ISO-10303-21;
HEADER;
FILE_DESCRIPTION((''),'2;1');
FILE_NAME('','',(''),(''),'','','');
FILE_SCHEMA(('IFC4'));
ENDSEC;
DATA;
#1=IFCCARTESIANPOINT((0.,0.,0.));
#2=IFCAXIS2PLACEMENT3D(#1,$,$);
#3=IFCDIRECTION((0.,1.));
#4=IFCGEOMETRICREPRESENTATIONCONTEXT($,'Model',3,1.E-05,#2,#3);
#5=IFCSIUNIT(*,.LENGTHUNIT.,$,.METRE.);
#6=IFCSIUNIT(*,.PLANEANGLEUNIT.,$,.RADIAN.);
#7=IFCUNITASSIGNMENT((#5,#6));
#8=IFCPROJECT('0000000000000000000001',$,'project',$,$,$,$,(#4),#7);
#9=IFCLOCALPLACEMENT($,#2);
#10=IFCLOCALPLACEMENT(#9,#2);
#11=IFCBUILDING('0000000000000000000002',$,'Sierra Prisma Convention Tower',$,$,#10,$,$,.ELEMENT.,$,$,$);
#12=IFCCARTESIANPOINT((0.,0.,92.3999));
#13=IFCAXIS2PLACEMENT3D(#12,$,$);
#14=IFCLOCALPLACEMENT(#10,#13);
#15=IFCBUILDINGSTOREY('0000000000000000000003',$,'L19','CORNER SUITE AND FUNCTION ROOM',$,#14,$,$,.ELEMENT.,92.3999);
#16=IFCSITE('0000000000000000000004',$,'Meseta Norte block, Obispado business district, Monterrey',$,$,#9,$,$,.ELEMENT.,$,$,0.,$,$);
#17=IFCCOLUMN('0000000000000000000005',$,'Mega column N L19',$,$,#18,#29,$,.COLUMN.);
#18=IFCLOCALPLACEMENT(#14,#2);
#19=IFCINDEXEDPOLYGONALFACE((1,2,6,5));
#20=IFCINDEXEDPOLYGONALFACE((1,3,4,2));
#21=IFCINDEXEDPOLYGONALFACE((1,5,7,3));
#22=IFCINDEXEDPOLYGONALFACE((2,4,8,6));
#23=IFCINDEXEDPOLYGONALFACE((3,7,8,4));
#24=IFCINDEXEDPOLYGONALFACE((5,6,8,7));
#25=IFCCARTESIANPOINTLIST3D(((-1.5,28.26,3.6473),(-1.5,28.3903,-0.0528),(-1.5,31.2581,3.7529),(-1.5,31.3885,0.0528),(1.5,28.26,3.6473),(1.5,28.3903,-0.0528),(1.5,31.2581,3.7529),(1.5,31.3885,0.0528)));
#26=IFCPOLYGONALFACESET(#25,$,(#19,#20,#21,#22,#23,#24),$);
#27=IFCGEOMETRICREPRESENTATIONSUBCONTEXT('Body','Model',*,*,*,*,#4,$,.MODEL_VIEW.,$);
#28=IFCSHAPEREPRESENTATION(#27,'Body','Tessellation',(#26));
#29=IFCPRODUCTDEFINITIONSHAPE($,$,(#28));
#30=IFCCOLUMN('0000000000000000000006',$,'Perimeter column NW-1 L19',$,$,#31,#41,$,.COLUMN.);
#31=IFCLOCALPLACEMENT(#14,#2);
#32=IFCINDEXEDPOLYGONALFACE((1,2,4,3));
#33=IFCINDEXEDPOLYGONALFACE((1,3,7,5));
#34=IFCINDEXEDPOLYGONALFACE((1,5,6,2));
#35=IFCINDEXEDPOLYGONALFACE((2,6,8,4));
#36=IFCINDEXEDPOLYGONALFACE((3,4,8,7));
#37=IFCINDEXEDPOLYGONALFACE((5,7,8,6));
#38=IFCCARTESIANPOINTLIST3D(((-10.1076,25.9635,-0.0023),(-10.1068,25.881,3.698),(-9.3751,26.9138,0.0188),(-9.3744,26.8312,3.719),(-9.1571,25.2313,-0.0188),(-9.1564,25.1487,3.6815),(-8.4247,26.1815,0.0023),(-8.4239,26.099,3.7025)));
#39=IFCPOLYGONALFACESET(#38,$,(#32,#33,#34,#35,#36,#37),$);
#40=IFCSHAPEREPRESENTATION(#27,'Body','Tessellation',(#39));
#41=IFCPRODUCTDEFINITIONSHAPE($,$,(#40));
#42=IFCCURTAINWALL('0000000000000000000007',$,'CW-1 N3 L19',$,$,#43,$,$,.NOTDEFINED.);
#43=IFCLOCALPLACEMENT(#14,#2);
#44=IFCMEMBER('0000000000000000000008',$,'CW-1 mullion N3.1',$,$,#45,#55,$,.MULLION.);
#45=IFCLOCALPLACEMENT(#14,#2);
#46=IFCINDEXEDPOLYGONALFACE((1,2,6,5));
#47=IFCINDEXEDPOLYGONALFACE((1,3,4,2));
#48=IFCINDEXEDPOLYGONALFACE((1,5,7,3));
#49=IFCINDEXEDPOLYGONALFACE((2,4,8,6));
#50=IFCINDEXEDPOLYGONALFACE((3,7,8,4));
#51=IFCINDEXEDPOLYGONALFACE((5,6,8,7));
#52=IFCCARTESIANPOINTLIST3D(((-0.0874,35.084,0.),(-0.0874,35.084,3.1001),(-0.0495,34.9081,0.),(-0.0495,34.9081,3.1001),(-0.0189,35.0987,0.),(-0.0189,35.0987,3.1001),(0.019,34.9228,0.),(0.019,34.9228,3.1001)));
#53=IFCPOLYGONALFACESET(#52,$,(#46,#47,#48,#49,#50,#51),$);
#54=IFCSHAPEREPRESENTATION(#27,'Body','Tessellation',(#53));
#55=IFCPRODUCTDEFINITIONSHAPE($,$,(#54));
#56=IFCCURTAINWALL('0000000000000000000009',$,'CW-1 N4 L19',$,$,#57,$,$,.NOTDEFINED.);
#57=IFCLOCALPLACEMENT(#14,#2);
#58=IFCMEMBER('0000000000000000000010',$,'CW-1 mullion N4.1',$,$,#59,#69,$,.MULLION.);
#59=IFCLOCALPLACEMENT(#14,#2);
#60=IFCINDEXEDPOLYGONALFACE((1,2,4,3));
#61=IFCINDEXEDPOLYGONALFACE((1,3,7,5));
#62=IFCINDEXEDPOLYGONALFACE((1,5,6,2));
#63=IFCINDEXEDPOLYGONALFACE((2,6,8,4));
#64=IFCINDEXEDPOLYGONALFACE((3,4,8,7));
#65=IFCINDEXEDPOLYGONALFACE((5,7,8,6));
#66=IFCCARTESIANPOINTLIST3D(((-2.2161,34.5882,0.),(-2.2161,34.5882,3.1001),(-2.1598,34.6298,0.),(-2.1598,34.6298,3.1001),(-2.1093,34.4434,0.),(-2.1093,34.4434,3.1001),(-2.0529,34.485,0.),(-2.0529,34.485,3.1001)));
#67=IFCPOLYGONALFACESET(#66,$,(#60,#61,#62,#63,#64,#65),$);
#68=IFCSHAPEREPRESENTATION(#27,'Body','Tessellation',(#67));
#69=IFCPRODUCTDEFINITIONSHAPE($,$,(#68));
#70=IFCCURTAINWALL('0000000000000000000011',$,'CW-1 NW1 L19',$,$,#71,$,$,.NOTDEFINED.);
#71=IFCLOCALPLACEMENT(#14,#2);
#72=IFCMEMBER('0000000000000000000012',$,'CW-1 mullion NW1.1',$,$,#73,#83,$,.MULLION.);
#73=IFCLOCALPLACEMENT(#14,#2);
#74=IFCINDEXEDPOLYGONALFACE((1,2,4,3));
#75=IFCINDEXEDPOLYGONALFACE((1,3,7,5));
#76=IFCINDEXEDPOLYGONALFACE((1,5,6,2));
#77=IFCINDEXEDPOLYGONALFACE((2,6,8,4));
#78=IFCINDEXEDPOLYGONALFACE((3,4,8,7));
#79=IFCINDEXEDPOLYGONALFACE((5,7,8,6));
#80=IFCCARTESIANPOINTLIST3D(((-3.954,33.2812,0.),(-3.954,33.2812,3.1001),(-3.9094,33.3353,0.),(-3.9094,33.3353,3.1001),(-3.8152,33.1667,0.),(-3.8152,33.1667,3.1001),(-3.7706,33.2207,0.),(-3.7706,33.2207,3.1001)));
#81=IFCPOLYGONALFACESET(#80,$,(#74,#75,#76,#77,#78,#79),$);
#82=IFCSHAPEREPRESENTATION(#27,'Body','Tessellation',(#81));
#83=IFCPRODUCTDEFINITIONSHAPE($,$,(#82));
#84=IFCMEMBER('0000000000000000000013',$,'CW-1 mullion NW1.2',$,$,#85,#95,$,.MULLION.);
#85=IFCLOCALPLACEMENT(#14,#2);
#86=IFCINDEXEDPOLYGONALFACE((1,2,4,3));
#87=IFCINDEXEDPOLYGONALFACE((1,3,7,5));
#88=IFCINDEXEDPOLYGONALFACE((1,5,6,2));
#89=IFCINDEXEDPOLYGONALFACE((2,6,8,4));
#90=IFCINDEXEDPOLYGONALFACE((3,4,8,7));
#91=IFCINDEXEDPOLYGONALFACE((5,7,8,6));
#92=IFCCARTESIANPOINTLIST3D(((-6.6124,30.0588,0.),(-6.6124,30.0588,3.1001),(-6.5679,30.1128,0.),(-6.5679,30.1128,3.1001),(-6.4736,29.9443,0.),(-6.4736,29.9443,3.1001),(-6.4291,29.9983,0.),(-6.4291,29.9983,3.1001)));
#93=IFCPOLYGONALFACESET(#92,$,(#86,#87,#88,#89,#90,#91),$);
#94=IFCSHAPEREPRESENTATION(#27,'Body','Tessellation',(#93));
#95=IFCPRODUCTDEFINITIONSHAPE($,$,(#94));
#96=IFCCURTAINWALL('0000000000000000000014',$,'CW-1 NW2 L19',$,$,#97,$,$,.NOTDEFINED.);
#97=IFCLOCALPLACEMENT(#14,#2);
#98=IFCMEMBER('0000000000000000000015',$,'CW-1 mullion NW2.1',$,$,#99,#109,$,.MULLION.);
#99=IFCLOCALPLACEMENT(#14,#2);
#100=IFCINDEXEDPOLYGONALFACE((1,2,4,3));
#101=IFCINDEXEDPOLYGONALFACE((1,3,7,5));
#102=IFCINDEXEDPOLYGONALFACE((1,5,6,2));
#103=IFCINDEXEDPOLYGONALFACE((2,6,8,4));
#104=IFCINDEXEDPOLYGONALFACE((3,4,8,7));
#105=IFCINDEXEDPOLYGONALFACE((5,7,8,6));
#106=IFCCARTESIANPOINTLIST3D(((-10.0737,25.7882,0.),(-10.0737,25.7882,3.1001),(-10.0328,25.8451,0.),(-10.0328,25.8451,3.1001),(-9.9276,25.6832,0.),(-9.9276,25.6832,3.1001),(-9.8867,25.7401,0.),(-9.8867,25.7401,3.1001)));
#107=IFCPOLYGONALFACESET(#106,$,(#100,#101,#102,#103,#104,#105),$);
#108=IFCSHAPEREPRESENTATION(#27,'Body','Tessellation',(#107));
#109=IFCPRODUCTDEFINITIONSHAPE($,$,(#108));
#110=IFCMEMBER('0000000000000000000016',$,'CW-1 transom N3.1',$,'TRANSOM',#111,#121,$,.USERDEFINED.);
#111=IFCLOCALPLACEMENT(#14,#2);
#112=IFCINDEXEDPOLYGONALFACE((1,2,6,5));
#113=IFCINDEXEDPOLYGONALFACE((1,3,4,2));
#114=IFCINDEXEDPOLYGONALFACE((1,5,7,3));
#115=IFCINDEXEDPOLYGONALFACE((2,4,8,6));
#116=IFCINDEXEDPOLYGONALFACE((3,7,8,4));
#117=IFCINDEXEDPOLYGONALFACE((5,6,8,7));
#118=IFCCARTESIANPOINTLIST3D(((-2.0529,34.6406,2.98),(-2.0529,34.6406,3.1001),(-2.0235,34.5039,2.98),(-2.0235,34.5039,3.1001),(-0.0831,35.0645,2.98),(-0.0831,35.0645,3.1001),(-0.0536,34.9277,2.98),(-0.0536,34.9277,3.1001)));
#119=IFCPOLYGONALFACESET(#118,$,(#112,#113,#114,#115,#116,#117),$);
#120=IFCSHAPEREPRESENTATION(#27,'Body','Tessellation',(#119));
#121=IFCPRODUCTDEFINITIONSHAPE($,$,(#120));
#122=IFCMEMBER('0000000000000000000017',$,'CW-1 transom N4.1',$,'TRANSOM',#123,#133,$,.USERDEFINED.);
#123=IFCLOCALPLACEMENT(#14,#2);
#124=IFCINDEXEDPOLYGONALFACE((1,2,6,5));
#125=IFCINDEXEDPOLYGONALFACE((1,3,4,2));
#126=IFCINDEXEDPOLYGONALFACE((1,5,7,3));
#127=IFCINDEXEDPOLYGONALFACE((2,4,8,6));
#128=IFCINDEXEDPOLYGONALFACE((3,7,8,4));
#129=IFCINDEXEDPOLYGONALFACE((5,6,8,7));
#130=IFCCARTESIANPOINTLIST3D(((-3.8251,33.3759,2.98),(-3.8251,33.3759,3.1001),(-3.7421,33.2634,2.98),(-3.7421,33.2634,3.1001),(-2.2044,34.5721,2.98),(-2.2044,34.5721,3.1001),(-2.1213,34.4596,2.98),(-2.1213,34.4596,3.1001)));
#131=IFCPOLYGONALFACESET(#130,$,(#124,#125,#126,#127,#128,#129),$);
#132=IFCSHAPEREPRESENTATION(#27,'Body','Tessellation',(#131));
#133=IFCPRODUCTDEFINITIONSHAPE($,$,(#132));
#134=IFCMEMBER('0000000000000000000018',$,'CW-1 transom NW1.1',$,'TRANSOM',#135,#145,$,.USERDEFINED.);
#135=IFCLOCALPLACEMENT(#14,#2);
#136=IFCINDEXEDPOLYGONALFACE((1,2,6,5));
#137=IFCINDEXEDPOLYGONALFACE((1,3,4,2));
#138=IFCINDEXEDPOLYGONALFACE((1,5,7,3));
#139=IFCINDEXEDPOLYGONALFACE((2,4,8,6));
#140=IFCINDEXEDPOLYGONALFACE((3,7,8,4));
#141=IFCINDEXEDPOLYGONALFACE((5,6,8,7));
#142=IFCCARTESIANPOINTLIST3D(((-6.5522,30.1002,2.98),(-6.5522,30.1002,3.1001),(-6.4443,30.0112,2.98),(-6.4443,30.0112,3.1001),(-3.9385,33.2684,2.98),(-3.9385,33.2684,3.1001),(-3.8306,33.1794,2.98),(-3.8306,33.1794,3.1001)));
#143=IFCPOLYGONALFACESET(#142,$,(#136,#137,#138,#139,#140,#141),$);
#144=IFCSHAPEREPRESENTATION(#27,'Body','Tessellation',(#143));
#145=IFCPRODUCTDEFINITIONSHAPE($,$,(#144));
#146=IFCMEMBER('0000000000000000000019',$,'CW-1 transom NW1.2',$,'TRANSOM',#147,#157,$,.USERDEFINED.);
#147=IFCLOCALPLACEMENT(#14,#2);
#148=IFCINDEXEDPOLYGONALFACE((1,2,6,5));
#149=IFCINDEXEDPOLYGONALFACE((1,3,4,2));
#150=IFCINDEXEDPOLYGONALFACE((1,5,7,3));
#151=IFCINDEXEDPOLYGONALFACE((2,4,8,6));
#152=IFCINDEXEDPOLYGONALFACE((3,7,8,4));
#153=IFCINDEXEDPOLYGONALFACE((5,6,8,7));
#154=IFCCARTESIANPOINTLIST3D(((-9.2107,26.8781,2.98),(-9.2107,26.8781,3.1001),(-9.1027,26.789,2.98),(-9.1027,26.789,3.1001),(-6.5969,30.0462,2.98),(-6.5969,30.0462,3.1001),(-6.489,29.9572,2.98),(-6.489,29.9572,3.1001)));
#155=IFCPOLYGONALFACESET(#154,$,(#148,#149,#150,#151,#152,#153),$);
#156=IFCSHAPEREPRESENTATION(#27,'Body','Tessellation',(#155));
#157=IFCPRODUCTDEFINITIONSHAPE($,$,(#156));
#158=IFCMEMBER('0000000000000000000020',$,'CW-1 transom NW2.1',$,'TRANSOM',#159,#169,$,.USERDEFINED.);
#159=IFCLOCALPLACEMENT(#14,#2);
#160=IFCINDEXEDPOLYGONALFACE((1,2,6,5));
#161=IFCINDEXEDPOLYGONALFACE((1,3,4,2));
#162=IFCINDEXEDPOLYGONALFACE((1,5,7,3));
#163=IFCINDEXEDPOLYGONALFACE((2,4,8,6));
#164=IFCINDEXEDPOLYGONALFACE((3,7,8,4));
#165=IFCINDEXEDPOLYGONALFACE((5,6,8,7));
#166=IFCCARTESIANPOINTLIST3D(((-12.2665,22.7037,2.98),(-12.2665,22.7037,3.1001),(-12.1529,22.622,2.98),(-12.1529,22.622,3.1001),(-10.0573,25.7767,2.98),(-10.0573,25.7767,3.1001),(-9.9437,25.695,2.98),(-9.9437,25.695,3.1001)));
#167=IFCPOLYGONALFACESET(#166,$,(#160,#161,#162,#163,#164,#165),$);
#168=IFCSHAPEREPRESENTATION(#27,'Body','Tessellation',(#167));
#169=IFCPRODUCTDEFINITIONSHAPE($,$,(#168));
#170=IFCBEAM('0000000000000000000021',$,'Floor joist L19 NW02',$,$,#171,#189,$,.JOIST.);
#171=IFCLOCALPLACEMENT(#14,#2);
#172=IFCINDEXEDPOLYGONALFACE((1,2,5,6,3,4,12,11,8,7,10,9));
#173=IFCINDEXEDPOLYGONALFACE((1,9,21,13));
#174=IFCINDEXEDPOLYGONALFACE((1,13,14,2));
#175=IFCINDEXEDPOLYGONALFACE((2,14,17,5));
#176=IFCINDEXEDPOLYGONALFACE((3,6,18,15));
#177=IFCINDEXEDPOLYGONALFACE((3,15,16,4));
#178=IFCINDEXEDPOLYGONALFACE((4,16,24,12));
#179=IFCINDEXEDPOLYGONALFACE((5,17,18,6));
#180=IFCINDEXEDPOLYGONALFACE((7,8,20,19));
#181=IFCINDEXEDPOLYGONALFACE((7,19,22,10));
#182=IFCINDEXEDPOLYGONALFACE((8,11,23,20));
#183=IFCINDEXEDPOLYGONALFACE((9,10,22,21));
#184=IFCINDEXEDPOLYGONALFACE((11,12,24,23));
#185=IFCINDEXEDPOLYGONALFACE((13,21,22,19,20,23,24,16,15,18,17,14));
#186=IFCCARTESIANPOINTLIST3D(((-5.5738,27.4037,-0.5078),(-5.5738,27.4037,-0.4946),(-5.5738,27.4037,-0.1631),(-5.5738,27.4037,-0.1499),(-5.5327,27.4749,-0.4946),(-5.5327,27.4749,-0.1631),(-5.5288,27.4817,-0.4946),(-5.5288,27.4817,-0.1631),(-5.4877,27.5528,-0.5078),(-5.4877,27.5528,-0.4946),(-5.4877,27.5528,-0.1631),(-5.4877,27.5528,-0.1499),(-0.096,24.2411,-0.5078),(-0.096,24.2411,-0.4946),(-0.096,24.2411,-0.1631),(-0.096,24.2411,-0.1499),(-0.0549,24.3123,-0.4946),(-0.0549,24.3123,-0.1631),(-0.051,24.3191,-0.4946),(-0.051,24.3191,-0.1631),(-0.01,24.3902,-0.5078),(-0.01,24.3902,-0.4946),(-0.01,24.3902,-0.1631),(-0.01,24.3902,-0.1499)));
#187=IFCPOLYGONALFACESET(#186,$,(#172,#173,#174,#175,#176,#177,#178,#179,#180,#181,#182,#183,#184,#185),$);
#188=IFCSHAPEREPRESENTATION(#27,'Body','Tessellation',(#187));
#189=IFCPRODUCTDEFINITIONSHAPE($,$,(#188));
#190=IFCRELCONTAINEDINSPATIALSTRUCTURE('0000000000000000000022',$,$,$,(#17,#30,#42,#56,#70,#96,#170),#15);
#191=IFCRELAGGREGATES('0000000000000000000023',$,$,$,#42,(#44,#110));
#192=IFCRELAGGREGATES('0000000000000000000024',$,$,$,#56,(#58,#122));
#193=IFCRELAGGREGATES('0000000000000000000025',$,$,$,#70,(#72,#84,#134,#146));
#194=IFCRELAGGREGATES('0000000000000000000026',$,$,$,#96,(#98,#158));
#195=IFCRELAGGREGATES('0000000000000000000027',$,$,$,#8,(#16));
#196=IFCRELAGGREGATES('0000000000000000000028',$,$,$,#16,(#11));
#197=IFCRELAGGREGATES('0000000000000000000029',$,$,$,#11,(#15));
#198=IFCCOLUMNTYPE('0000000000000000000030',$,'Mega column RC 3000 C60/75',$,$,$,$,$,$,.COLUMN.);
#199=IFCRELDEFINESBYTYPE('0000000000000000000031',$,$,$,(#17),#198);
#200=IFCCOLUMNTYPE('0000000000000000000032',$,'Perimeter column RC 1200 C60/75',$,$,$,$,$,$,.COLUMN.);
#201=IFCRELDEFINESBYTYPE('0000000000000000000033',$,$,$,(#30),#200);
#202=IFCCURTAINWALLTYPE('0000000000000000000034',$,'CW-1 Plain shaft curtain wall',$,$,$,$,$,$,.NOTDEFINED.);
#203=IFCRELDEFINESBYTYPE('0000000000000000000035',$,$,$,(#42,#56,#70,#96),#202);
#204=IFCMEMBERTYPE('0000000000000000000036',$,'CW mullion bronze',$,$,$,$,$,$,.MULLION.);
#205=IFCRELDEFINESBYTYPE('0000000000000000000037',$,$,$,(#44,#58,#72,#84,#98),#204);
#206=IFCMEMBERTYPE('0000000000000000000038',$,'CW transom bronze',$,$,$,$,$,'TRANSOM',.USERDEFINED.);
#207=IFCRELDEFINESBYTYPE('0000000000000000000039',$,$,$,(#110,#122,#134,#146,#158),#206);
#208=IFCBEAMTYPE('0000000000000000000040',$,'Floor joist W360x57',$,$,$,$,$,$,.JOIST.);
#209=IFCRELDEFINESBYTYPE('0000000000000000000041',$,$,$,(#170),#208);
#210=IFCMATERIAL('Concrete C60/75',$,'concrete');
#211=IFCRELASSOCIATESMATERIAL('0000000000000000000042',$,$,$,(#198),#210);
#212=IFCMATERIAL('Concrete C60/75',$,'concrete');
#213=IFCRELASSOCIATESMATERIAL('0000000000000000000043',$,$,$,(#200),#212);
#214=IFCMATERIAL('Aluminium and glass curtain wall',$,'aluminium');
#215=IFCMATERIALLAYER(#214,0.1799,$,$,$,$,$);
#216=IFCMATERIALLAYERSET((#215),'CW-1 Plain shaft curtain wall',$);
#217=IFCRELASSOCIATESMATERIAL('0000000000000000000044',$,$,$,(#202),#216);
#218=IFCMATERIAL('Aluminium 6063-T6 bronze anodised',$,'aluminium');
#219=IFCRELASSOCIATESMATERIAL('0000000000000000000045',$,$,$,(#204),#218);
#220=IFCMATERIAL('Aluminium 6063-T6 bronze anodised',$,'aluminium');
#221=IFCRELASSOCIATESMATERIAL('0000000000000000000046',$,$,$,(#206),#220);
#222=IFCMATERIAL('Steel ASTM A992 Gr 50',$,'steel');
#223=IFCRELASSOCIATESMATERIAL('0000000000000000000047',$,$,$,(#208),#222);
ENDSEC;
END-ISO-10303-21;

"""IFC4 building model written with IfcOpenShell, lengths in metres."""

from ifc_helpers import new_model, si_unit, direction, frame, origin, origin_2d, place, context, subcontext, project, spatial, rectangle, i_section, extrude, material, layer, layer_set, material_profile, profile_set, type_object, element, aggregate, save


model = new_model("IFC4")

# Units and contexts
model_context = context("Model", 3, precision=1e-05, world=origin(), true_north=direction((0.0, 1.0)))
body_context = subcontext(model_context, "Body", "Model", "MODEL_VIEW")
ifc_project = project(units=[si_unit("LENGTHUNIT", "METRE"), si_unit("PLANEANGLEUNIT", "RADIAN")], contexts=[model_context])

# Site, building, storey
site_placement = place(None, origin())
site = spatial("IfcSite", under=ifc_project, at=site_placement, Name="Meseta Norte block, Obispado business district, Monterrey", CompositionType="ELEMENT", RefElevation=0.0)
building_placement = place(site_placement, origin())
building = spatial("IfcBuilding", under=site, at=building_placement, Name="Sierra Prisma Convention Tower", CompositionType="ELEMENT")
storey_placement = place(building_placement, frame((0.0, 0.0, 92.3999)))
storey = spatial("IfcBuildingStorey", under=building, at=storey_placement, Name="L19", Description="CORNER SUITE AND FUNCTION ROOM", CompositionType="ELEMENT", Elevation=92.3999)

# Columns
ifc_material_1 = material(Name="Concrete C60/75", Category="concrete")
ifc_material_profile_1 = material_profile(ifc_material_1, rectangle(XDim=3.0, YDim=3.0, at=origin_2d()), Name="Mega column RC 3000 C60/75")
ifc_profile_set_1 = profile_set([ifc_material_profile_1], Name="Concrete C60/75")
column_type_1 = type_object("IfcColumnType", Name="Mega column RC 3000 C60/75", PredefinedType="COLUMN", material=ifc_profile_set_1)
column_1_placement = place(storey_placement, frame((0.0, 29.8894, 0.0), z_axis=(0.0, -0.035212, 0.99938), x_axis=(1.0, 0.0, 0.0)))
element("IfcColumn", 1, at=column_1_placement, inside=storey, type_object=column_type_1, Name="Mega column N L19", PredefinedType="COLUMN", context=body_context, shape_type="SweptSolid", body=[
    extrude(rectangle(XDim=3.0, YDim=3.0, at=origin_2d()), origin(), (0.0, 0.0, 1.0), 3.7024),
])
ifc_material_2 = material(Name="Concrete C60/75", Category="concrete")
ifc_material_profile_2 = material_profile(ifc_material_2, rectangle(XDim=1.2, YDim=1.2, at=origin_2d()), Name="Perimeter column RC 1200 C60/75")
ifc_profile_set_2 = profile_set([ifc_material_profile_2], Name="Concrete C60/75")
column_type_2 = type_object("IfcColumnType", Name="Perimeter column RC 1200 C60/75", PredefinedType="COLUMN", material=ifc_profile_set_2)
column_2_placement = place(storey_placement, frame((-9.2661, 26.0725, 0.0), z_axis=(0.000198, -0.022296, 0.999751), x_axis=(0.610386, 0.79191, 0.01754)))
element("IfcColumn", 2, at=column_2_placement, inside=storey, type_object=column_type_2, Name="Perimeter column NW-1 L19", PredefinedType="COLUMN", context=body_context, shape_type="SweptSolid", body=[
    extrude(rectangle(XDim=1.2, YDim=1.2, at=origin_2d()), origin(), (0.0, 0.0, 1.0), 3.7012),
])

# Curtain walls, members
ifc_material_3 = material(Name="Aluminium and glass curtain wall", Category="aluminium")
ifc_layer_1 = layer(ifc_material_3, 0.1799)
ifc_layer_set_1 = layer_set([ifc_layer_1], Name="CW-1 Plain shaft curtain wall")
curtain_wall_type = type_object("IfcCurtainWallType", Name="CW-1 Plain shaft curtain wall", PredefinedType="NOTDEFINED", material=ifc_layer_set_1)
curtain_wall_1_placement = place(storey_placement, origin())
curtain_wall_1 = element("IfcCurtainWall", 3, at=curtain_wall_1_placement, inside=storey, type_object=curtain_wall_type, Name="CW-1 N3 L19", PredefinedType="NOTDEFINED")
ifc_material_4 = material(Name="Aluminium 6063-T6 bronze anodised", Category="aluminium")
ifc_material_profile_3 = material_profile(ifc_material_4, rectangle(XDim=0.1799, YDim=0.0701, at=origin_2d()), Name="ALU MULLION 70x180")
ifc_profile_set_3 = profile_set([ifc_material_profile_3], Name="Aluminium 6063-T6 bronze anodised")
member_type_1 = type_object("IfcMemberType", Name="CW mullion bronze", PredefinedType="MULLION", material=ifc_profile_set_3)
member_1_placement = place(storey_placement, frame((-0.0342, 35.0034, 0.0), z_axis=(0.0, 0.0, 1.0), x_axis=(0.21036, -0.977624, 0.0)))
member_1 = element("IfcMember", 4, at=member_1_placement, type_object=member_type_1, Name="CW-1 mullion N3.1", PredefinedType="MULLION", context=body_context, shape_type="SweptSolid", body=[
    extrude(rectangle(XDim=0.1799, YDim=0.0701, at=origin_2d()), origin(), (0.0, 0.0, 1.0), 3.1001),
])
curtain_wall_2_placement = place(storey_placement, origin())
curtain_wall_2 = element("IfcCurtainWall", 5, at=curtain_wall_2_placement, inside=storey, type_object=curtain_wall_type, Name="CW-1 N4 L19", PredefinedType="NOTDEFINED")
member_2_placement = place(storey_placement, frame((-2.1345, 34.5366, 0.0), z_axis=(0.0, 0.0, 1.0), x_axis=(0.593846, -0.804579, 0.0)))
member_2 = element("IfcMember", 6, at=member_2_placement, type_object=member_type_1, Name="CW-1 mullion N4.1", PredefinedType="MULLION", context=body_context, shape_type="SweptSolid", body=[
    extrude(rectangle(XDim=0.1799, YDim=0.0701, at=origin_2d()), origin(), (0.0, 0.0, 1.0), 3.1001),
])

# Curtain wall, members
curtain_wall_3_placement = place(storey_placement, origin())
curtain_wall_3 = element("IfcCurtainWall", 7, at=curtain_wall_3_placement, inside=storey, type_object=curtain_wall_type, Name="CW-1 NW1 L19", PredefinedType="NOTDEFINED")
member_3_placement = place(storey_placement, frame((-3.8623, 33.251, 0.0), z_axis=(0.0, 0.0, 1.0), x_axis=(0.771383, -0.636371, 0.0)))
member_3 = element("IfcMember", 8, at=member_3_placement, type_object=member_type_1, Name="CW-1 mullion NW1.1", PredefinedType="MULLION", context=body_context, shape_type="SweptSolid", body=[
    extrude(rectangle(XDim=0.1799, YDim=0.0701, at=origin_2d()), origin(), (0.0, 0.0, 1.0), 3.1001),
])
member_4_placement = place(storey_placement, frame((-6.5208, 30.0286, 0.0), z_axis=(0.0, 0.0, 1.0), x_axis=(0.771383, -0.636371, 0.0)))
member_4 = element("IfcMember", 9, at=member_4_placement, type_object=member_type_1, Name="CW-1 mullion NW1.2", PredefinedType="MULLION", context=body_context, shape_type="SweptSolid", body=[
    extrude(rectangle(XDim=0.1799, YDim=0.0701, at=origin_2d()), origin(), (0.0, 0.0, 1.0), 3.1001),
])

# Curtain wall, member
curtain_wall_4_placement = place(storey_placement, origin())
curtain_wall_4 = element("IfcCurtainWall", 10, at=curtain_wall_4_placement, inside=storey, type_object=curtain_wall_type, Name="CW-1 NW2 L19", PredefinedType="NOTDEFINED")
member_5_placement = place(storey_placement, frame((-9.9802, 25.7642, 0.0), z_axis=(0.0, 0.0, 1.0), x_axis=(0.811951, -0.583726, 0.0)))
member_5 = element("IfcMember", 11, at=member_5_placement, type_object=member_type_1, Name="CW-1 mullion NW2.1", PredefinedType="MULLION", context=body_context, shape_type="SweptSolid", body=[
    extrude(rectangle(XDim=0.1799, YDim=0.0701, at=origin_2d()), origin(), (0.0, 0.0, 1.0), 3.1001),
])

# Members
ifc_material_5 = material(Name="Aluminium 6063-T6 bronze anodised", Category="aluminium")
ifc_material_profile_4 = material_profile(ifc_material_5, rectangle(XDim=0.1399, YDim=0.1201, at=origin_2d()), Name="ALU TRANSOM 120x140")
ifc_profile_set_4 = profile_set([ifc_material_profile_4], Name="Aluminium 6063-T6 bronze anodised")
member_type_2 = type_object("IfcMemberType", Name="CW transom bronze", ElementType="TRANSOM", PredefinedType="USERDEFINED", material=ifc_profile_set_4)
member_6_placement = place(storey_placement, frame((-0.0684, 34.9961, 3.04), z_axis=(-0.977625, -0.210357, 0.0), x_axis=(0.210357, -0.977625, 0.0)))
member_6 = element("IfcMember", 12, at=member_6_placement, type_object=member_type_2, Name="CW-1 transom N3.1", ObjectType="TRANSOM", PredefinedType="USERDEFINED", context=body_context, shape_type="SweptSolid", body=[
    extrude(rectangle(XDim=0.1399, YDim=0.1201, at=origin_2d()), origin(), (0.0, 0.0, 1.0), 2.0149),
])
member_7_placement = place(storey_placement, frame((-2.1628, 34.5159, 3.04), z_axis=(-0.804586, -0.593835, 0.0), x_axis=(0.593835, -0.804586, 0.0)))
member_7 = element("IfcMember", 13, at=member_7_placement, type_object=member_type_2, Name="CW-1 transom N4.1", ObjectType="TRANSOM", PredefinedType="USERDEFINED", context=body_context, shape_type="SweptSolid", body=[
    extrude(rectangle(XDim=0.1399, YDim=0.1201, at=origin_2d()), origin(), (0.0, 0.0, 1.0), 2.0144),
])
member_8_placement = place(storey_placement, frame((-3.8845, 33.2239, 3.04), z_axis=(-0.636382, -0.771374, 0.0), x_axis=(0.771374, -0.636382, 0.0)))
member_8 = element("IfcMember", 14, at=member_8_placement, type_object=member_type_2, Name="CW-1 transom NW1.1", ObjectType="TRANSOM", PredefinedType="USERDEFINED", context=body_context, shape_type="SweptSolid", body=[
    extrude(rectangle(XDim=0.1399, YDim=0.1201, at=origin_2d()), origin(), (0.0, 0.0, 1.0), 4.1072),
])
member_9_placement = place(storey_placement, frame((-6.543, 30.0017, 3.04), z_axis=(-0.636382, -0.771374, 0.0), x_axis=(0.771374, -0.636382, 0.0)))
member_9 = element("IfcMember", 15, at=member_9_placement, type_object=member_type_2, Name="CW-1 transom NW1.2", ObjectType="TRANSOM", PredefinedType="USERDEFINED", context=body_context, shape_type="SweptSolid", body=[
    extrude(rectangle(XDim=0.1399, YDim=0.1201, at=origin_2d()), origin(), (0.0, 0.0, 1.0), 4.1072),
])
member_10_placement = place(storey_placement, frame((-10.0005, 25.7358, 3.04), z_axis=(-0.583725, -0.811951, 0.0), x_axis=(0.811951, -0.583725, 0.0)))
member_10 = element("IfcMember", 16, at=member_10_placement, type_object=member_type_2, Name="CW-1 transom NW2.1", ObjectType="TRANSOM", PredefinedType="USERDEFINED", context=body_context, shape_type="SweptSolid", body=[
    extrude(rectangle(XDim=0.1399, YDim=0.1201, at=origin_2d()), origin(), (0.0, 0.0, 1.0), 3.7847),
])

# Beam
ifc_material_6 = material(Name="Steel ASTM A992 Gr 50", Category="steel")
ifc_material_profile_5 = material_profile(ifc_material_6, i_section(OverallWidth=0.1721, OverallDepth=0.3579, WebThickness=0.0078, FlangeThickness=0.0132, at=origin_2d()), Name="W360x57")
ifc_profile_set_5 = profile_set([ifc_material_profile_5], Name="Steel ASTM A992 Gr 50")
beam_type_1 = type_object("IfcBeamType", Name="Floor joist W360x57", PredefinedType="JOIST", material=ifc_profile_set_5)
beam_1_placement = place(storey_placement, frame((-5.5308, 27.4783, -0.3289), z_axis=(0.866026, -0.5, 0.0), x_axis=(0.5, 0.866026, 0.0)))
element("IfcBeam", 17, at=beam_1_placement, inside=storey, type_object=beam_type_1, Name="Floor joist L19 NW02", PredefinedType="JOIST", context=body_context, shape_type="SweptSolid", body=[
    extrude(i_section(OverallWidth=0.1721, OverallDepth=0.3579, WebThickness=0.0078, FlangeThickness=0.0132, at=origin_2d()), origin(), (0.0, 0.0, 1.0), 6.3252),
])

aggregate(curtain_wall_1, [member_1, member_6])
aggregate(curtain_wall_2, [member_2, member_7])
aggregate(curtain_wall_3, [member_3, member_4, member_8, member_9])
aggregate(curtain_wall_4, [member_5, member_10])

save(model, "model.ifc")
